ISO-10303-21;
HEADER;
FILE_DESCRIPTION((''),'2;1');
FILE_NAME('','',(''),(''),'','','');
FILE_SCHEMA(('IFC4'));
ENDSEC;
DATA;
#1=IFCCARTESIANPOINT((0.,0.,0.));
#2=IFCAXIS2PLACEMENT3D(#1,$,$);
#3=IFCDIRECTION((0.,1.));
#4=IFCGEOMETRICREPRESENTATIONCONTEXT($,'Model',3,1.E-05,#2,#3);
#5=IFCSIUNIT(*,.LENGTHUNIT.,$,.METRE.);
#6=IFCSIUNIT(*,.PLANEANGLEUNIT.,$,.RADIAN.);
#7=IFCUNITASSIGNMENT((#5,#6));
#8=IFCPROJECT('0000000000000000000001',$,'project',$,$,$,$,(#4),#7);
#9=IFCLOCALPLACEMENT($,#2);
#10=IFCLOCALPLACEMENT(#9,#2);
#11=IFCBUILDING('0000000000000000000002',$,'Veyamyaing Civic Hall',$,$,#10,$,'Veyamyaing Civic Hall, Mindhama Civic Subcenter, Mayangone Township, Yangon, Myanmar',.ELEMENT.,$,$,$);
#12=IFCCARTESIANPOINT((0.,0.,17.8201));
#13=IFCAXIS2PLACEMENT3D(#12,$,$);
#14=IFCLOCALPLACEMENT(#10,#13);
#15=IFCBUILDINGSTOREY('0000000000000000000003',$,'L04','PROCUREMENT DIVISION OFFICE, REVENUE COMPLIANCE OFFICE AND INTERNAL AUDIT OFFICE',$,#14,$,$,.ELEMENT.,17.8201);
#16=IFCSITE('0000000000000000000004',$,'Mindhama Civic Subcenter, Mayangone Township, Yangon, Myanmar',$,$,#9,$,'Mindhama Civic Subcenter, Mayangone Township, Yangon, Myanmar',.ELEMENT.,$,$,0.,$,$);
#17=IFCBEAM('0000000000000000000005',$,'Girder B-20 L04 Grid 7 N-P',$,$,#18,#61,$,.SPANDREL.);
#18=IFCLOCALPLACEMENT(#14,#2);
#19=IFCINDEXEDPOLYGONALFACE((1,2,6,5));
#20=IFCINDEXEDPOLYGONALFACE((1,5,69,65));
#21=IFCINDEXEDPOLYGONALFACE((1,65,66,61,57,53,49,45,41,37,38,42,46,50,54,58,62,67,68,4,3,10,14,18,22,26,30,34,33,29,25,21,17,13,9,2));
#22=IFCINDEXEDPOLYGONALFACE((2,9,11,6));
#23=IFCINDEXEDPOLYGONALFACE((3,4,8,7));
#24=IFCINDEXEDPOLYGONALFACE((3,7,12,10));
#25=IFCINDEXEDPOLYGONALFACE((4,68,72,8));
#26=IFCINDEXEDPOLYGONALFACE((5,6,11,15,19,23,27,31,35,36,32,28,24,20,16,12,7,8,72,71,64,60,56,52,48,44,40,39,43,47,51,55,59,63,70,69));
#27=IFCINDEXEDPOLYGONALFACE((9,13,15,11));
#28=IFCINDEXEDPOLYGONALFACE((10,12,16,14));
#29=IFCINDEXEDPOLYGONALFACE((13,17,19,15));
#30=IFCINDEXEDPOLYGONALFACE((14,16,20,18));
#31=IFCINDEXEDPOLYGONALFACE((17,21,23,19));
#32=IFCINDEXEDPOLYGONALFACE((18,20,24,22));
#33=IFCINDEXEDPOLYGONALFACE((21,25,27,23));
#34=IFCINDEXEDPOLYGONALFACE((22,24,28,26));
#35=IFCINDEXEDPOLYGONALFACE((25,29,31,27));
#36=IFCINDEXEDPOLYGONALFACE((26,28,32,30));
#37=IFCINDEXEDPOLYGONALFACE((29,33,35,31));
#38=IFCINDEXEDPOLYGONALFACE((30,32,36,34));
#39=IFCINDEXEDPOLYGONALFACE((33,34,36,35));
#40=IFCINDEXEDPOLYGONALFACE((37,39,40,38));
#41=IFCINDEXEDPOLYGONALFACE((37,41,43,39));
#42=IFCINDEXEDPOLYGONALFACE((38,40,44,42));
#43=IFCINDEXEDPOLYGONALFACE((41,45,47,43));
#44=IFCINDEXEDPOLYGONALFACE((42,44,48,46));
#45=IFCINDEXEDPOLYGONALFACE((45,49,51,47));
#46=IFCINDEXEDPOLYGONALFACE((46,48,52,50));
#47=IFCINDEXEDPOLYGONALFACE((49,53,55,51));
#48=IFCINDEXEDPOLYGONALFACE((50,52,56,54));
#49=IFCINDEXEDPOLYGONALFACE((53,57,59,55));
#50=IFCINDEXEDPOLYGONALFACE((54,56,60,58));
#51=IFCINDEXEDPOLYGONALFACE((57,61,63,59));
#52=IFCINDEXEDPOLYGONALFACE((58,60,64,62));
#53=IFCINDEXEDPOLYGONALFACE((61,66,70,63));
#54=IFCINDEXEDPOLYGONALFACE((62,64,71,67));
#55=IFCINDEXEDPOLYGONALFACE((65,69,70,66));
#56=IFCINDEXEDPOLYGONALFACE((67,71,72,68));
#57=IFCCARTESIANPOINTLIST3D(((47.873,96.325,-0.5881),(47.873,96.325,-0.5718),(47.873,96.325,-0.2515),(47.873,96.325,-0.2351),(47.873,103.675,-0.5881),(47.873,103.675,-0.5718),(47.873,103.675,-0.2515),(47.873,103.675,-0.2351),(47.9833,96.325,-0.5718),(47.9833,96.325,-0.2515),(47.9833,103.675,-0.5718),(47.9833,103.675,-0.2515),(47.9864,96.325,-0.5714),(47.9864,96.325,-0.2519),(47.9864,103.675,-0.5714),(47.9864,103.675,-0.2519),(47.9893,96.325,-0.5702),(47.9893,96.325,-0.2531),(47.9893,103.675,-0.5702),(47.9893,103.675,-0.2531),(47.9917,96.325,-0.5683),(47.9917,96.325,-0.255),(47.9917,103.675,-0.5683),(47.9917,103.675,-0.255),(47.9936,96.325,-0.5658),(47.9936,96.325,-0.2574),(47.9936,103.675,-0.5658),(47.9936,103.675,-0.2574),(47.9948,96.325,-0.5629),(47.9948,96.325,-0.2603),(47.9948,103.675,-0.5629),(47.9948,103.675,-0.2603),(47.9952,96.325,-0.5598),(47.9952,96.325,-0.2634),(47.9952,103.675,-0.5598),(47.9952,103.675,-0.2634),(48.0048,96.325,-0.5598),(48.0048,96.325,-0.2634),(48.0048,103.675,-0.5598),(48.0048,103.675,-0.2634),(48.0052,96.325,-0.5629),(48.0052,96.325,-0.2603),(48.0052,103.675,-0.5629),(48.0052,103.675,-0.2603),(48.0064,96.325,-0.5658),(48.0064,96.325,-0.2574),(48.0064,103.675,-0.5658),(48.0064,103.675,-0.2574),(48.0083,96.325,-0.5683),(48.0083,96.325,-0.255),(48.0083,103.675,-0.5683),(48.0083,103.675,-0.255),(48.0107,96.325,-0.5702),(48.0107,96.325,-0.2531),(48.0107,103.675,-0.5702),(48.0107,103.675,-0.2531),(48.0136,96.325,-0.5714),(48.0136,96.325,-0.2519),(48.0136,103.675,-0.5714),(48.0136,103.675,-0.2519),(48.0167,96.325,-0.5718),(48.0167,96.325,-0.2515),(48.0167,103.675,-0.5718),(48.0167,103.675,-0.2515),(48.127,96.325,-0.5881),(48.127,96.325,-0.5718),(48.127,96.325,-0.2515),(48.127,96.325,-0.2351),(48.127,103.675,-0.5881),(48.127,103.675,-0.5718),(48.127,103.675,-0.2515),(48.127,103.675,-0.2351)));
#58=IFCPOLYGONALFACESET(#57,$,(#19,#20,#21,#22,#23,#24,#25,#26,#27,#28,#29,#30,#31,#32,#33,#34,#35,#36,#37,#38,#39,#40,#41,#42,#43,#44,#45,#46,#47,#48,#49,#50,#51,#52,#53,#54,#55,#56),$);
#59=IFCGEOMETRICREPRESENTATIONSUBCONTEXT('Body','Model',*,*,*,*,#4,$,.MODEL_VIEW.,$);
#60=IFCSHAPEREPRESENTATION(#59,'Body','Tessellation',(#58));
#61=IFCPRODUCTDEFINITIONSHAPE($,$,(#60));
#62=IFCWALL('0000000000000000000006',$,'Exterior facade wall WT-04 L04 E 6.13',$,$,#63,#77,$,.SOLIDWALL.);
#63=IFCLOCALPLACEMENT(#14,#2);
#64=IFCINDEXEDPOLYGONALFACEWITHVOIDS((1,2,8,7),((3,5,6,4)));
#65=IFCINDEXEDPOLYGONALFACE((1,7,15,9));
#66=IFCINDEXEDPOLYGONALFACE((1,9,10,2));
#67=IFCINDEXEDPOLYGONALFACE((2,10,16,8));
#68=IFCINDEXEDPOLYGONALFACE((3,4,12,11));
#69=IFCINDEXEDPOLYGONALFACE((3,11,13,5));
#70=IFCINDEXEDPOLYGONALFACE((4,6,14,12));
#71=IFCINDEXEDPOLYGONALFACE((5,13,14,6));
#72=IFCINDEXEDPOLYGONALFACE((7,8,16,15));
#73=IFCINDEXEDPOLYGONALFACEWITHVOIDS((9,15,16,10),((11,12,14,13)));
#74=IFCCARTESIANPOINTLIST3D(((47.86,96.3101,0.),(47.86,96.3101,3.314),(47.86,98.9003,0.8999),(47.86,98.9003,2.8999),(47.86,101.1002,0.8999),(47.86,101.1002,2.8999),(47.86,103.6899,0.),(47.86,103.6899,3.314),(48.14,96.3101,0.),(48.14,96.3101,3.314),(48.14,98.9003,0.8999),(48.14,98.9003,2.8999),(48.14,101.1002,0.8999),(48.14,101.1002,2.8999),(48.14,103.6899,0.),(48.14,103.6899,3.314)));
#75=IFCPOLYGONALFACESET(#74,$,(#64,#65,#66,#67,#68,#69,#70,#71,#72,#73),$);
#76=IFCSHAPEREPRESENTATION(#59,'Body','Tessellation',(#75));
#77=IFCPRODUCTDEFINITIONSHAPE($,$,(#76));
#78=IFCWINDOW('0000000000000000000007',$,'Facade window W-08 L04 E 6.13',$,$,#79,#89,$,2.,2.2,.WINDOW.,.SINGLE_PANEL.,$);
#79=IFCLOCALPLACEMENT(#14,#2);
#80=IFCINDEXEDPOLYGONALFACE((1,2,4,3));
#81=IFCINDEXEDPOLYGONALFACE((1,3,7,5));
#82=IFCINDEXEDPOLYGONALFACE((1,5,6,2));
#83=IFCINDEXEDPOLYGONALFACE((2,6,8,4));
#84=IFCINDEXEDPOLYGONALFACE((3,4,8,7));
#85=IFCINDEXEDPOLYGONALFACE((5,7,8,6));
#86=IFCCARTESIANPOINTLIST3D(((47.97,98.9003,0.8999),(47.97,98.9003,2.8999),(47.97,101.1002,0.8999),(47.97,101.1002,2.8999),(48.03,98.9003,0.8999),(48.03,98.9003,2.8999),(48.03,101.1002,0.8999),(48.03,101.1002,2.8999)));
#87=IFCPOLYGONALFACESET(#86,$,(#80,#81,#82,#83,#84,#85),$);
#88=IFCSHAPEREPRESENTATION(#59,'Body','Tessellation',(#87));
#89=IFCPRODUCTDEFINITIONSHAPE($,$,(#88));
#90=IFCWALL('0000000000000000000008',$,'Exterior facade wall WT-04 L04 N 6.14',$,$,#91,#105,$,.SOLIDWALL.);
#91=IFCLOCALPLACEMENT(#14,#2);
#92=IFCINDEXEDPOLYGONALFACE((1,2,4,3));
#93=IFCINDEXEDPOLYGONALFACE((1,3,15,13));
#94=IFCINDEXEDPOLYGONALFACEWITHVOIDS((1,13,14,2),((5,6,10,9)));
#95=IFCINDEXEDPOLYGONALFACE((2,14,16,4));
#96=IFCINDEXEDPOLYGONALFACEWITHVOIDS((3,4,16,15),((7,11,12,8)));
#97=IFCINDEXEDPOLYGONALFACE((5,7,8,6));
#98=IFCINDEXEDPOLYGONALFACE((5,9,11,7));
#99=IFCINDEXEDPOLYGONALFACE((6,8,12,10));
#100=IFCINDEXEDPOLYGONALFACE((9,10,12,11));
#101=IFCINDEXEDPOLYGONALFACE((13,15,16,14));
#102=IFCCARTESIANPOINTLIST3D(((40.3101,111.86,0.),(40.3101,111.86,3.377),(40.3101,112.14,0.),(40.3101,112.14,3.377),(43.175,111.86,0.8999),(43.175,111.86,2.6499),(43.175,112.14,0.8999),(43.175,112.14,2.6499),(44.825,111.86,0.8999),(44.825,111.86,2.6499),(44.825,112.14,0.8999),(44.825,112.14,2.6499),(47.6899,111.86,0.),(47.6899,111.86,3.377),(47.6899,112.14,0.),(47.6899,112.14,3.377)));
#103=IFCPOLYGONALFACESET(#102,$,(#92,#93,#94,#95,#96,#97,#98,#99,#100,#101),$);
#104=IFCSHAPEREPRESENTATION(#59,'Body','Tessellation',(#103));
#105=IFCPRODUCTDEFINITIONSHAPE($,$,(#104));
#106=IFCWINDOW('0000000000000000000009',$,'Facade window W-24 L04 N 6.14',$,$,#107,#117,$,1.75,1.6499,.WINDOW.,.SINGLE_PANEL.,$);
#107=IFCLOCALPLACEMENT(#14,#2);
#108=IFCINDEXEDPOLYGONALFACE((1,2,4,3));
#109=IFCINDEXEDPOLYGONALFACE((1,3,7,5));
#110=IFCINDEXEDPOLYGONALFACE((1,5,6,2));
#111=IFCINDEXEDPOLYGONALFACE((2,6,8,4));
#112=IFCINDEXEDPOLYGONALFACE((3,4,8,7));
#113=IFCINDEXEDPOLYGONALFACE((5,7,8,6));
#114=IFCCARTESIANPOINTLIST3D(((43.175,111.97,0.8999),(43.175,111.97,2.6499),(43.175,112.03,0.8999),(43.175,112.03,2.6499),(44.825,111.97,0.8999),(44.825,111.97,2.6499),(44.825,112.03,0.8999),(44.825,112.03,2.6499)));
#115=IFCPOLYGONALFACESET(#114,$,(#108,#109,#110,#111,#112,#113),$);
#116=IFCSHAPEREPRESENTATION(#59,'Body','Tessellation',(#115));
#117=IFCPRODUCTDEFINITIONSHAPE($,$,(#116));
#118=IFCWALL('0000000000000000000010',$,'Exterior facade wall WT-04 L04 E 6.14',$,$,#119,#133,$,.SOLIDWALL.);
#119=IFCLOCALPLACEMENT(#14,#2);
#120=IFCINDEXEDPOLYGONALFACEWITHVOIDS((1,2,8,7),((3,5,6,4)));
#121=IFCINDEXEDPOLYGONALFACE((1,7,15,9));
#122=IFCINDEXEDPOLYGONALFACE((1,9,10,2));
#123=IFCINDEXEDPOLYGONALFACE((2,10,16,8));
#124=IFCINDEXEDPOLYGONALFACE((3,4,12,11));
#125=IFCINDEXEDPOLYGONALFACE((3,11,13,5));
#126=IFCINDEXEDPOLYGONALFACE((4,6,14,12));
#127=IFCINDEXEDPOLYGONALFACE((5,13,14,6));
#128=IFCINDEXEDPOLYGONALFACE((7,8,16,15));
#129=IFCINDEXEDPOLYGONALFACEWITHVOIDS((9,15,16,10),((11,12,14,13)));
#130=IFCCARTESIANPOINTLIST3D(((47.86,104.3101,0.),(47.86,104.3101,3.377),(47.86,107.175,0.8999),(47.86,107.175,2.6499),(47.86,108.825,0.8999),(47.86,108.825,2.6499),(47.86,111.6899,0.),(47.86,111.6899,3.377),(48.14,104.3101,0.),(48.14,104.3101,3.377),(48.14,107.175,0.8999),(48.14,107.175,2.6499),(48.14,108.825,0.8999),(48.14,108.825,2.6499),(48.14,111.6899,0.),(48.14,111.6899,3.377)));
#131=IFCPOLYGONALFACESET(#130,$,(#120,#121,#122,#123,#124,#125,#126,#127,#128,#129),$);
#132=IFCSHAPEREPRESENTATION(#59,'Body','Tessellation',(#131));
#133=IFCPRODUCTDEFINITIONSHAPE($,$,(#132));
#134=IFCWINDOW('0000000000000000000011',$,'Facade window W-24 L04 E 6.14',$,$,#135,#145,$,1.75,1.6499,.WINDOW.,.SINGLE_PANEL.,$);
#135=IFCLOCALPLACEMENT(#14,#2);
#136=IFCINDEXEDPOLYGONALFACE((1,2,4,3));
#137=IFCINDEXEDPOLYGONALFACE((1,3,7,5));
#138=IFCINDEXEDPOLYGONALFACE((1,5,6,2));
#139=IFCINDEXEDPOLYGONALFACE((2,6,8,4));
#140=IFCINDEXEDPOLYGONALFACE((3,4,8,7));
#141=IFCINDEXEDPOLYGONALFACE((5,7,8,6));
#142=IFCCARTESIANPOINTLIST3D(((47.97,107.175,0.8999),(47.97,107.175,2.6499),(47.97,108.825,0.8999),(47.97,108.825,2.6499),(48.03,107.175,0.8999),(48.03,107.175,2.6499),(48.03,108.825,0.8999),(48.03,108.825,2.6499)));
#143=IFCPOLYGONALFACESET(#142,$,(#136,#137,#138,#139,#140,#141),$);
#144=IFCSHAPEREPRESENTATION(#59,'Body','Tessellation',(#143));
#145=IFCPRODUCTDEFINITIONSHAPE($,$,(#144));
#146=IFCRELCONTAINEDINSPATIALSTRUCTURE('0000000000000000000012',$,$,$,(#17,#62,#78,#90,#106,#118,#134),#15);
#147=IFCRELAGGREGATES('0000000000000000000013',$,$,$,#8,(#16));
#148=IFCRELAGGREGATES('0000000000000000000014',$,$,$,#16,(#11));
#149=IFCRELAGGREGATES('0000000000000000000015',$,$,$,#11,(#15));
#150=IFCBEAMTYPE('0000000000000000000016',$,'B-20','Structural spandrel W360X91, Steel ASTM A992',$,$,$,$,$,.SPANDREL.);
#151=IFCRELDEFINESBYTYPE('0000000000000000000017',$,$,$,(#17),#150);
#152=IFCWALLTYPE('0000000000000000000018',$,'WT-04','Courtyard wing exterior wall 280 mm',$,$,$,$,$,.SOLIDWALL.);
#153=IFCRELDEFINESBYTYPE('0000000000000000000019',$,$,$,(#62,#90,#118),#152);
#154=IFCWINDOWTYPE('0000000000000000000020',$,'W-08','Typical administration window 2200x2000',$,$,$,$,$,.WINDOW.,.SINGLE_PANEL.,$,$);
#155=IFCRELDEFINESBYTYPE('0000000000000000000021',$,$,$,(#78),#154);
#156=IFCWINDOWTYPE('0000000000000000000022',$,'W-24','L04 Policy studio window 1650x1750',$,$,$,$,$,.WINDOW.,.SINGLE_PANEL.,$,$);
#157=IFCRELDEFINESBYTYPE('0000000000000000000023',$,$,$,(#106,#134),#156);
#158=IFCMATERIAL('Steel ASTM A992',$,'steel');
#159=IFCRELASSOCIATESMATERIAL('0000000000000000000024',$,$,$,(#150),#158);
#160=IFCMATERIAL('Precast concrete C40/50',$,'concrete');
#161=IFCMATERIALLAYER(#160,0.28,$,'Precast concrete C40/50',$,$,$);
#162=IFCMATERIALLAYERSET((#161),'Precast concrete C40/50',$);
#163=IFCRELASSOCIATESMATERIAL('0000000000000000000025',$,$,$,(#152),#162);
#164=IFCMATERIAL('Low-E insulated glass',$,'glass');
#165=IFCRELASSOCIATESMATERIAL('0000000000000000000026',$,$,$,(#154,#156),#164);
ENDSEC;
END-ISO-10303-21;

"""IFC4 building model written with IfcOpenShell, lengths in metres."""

from ifc_helpers import new_model, si_unit, direction, frame, frame_2d, origin, origin_2d, place, context, subcontext, project, spatial, rectangle, i_section, extrude, material, layer, layer_set, material_profile, profile_set, type_object, element, fill, save


model = new_model("IFC4")

# Units and contexts
model_context = context("Model", 3, precision=1e-05, world=origin(), true_north=direction((0.0, 1.0)))
body_context = subcontext(model_context, "Body", "Model", "MODEL_VIEW")
ifc_project = project(units=[si_unit("LENGTHUNIT", "METRE"), si_unit("PLANEANGLEUNIT", "RADIAN")], contexts=[model_context])

# Site, building, storey
site_placement = place(None, origin())
site = spatial("IfcSite", under=ifc_project, at=site_placement, Name="Mindhama Civic Subcenter, Mayangone Township, Yangon, Myanmar", LongName="Mindhama Civic Subcenter, Mayangone Township, Yangon, Myanmar", CompositionType="ELEMENT", RefElevation=0.0)
building_placement = place(site_placement, origin())
building = spatial("IfcBuilding", under=site, at=building_placement, Name="Veyamyaing Civic Hall", LongName="Veyamyaing Civic Hall, Mindhama Civic Subcenter, Mayangone Township, Yangon, Myanmar", CompositionType="ELEMENT")
storey_placement = place(building_placement, frame((0.0, 0.0, 17.8201)))
storey = spatial("IfcBuildingStorey", under=building, at=storey_placement, Name="L04", Description="PROCUREMENT DIVISION OFFICE, REVENUE COMPLIANCE OFFICE AND INTERNAL AUDIT OFFICE", CompositionType="ELEMENT", Elevation=17.8201)

# Beam
ifc_material_1 = material(Name="Steel ASTM A992", Category="steel")
ifc_material_profile_1 = material_profile(ifc_material_1, i_section(OverallWidth=0.2539, OverallDepth=0.353, WebThickness=0.0095, FlangeThickness=0.0164, FilletRadius=0.012, at=origin_2d()), Name="W360X91")
ifc_profile_set_1 = profile_set([ifc_material_profile_1], Name="Steel ASTM A992")
beam_type_1 = type_object("IfcBeamType", Name="B-20", Description="Structural spandrel W360X91, Steel ASTM A992", PredefinedType="SPANDREL", material=ifc_profile_set_1)
beam_1_placement = place(storey_placement, frame((48.0, 96.325, -0.4116), z_axis=(0.0, 1.0, 0.0), x_axis=(-1.0, 0.0, 0.0)))
element("IfcBeam", 1, at=beam_1_placement, inside=storey, type_object=beam_type_1, Name="Girder B-20 L04 Grid 7 N-P", PredefinedType="SPANDREL", context=body_context, shape_type="SweptSolid", body=[
    extrude(i_section(OverallWidth=0.2539, OverallDepth=0.353, WebThickness=0.0095, FlangeThickness=0.0164, FilletRadius=0.012, at=origin_2d()), origin(), (0.0, 0.0, 1.0), 7.3501),
])

# Walls, openings, windows
ifc_material_2 = material(Name="Precast concrete C40/50", Category="concrete")
ifc_layer_1 = layer(ifc_material_2, 0.28, Name="Precast concrete C40/50")
ifc_layer_set_1 = layer_set([ifc_layer_1], Name="Precast concrete C40/50")
wall_type_1 = type_object("IfcWallType", Name="WT-04", Description="Courtyard wing exterior wall 280 mm", PredefinedType="SOLIDWALL", material=ifc_layer_set_1)
wall_1_placement = place(storey_placement, frame((48.0, 96.3101, 0.0), z_axis=(0.0, 0.0, 1.0), x_axis=(0.0, 1.0, 0.0)))
wall_1 = element("IfcWall", 2, at=wall_1_placement, inside=storey, type_object=wall_type_1, Name="Exterior facade wall WT-04 L04 E 6.13", PredefinedType="SOLIDWALL", context=body_context, shape_type="SweptSolid", body=[
    extrude(rectangle(XDim=7.3799, YDim=0.28, at=frame_2d((3.6899, 0.0))), origin(), (0.0, 0.0, 1.0), 3.314),
])
opening_1_placement = place(wall_1_placement, frame((2.5901, 0.0, 0.8999)))
opening_1 = element("IfcOpeningElement", 3, at=opening_1_placement, cuts=wall_1, PredefinedType="OPENING", context=body_context, shape_type="SweptSolid", body=[
    extrude(rectangle(XDim=2.2, YDim=2.0, at=frame_2d((1.1001, 1.0))), frame((0.0, 0.1499, 0.0), z_axis=(0.0, -1.0, 0.0), x_axis=(1.0, 0.0, 0.0)), (0.0, 0.0, 1.0), 0.3),
])
ifc_material_3 = material(Name="Low-E insulated glass", Category="glass")
window_type_1 = type_object("IfcWindowType", Name="W-08", Description="Typical administration window 2200x2000", PartitioningType="SINGLE_PANEL", PredefinedType="WINDOW", material=ifc_material_3)
window_1_placement = place(opening_1_placement, origin())
window_1 = element("IfcWindow", 4, at=window_1_placement, inside=storey, type_object=window_type_1, Name="Facade window W-08 L04 E 6.13", OverallHeight=2.0, OverallWidth=2.2, PartitioningType="SINGLE_PANEL", PredefinedType="WINDOW", context=body_context, shape_type="SweptSolid", body=[
    extrude(rectangle(XDim=2.2, YDim=2.0, at=frame_2d((1.1001, 1.0))), frame((0.0, 0.03, 0.0), z_axis=(0.0, -1.0, 0.0), x_axis=(1.0, 0.0, 0.0)), (0.0, 0.0, 1.0), 0.0601),
])
fill(opening_1, window_1)
wall_2_placement = place(storey_placement, frame((40.3101, 112.0, 0.0), z_axis=(0.0, 0.0, 1.0), x_axis=(1.0, 0.0, 0.0)))
wall_2 = element("IfcWall", 5, at=wall_2_placement, inside=storey, type_object=wall_type_1, Name="Exterior facade wall WT-04 L04 N 6.14", PredefinedType="SOLIDWALL", context=body_context, shape_type="SweptSolid", body=[
    extrude(rectangle(XDim=7.3799, YDim=0.28, at=frame_2d((3.6899, 0.0))), origin(), (0.0, 0.0, 1.0), 3.377),
])
opening_2_placement = place(wall_2_placement, frame((2.865, 0.0, 0.8999)))
opening_2 = element("IfcOpeningElement", 6, at=opening_2_placement, cuts=wall_2, PredefinedType="OPENING", context=body_context, shape_type="SweptSolid", body=[
    extrude(rectangle(XDim=1.6499, YDim=1.75, at=frame_2d((0.825, 0.875))), frame((0.0, 0.1499, 0.0), z_axis=(0.0, -1.0, 0.0), x_axis=(1.0, 0.0, 0.0)), (0.0, 0.0, 1.0), 0.3),
])
window_type_2 = type_object("IfcWindowType", Name="W-24", Description="L04 Policy studio window 1650x1750", PartitioningType="SINGLE_PANEL", PredefinedType="WINDOW", material=ifc_material_3)
window_2_placement = place(opening_2_placement, origin())
window_2 = element("IfcWindow", 7, at=window_2_placement, inside=storey, type_object=window_type_2, Name="Facade window W-24 L04 N 6.14", OverallHeight=1.75, OverallWidth=1.6499, PartitioningType="SINGLE_PANEL", PredefinedType="WINDOW", context=body_context, shape_type="SweptSolid", body=[
    extrude(rectangle(XDim=1.6499, YDim=1.75, at=frame_2d((0.825, 0.875))), frame((0.0, 0.03, 0.0), z_axis=(0.0, -1.0, 0.0), x_axis=(1.0, 0.0, 0.0)), (0.0, 0.0, 1.0), 0.0601),
])
fill(opening_2, window_2)
wall_3_placement = place(storey_placement, frame((48.0, 104.3101, 0.0), z_axis=(0.0, 0.0, 1.0), x_axis=(0.0, 1.0, 0.0)))
wall_3 = element("IfcWall", 8, at=wall_3_placement, inside=storey, type_object=wall_type_1, Name="Exterior facade wall WT-04 L04 E 6.14", PredefinedType="SOLIDWALL", context=body_context, shape_type="SweptSolid", body=[
    extrude(rectangle(XDim=7.3799, YDim=0.28, at=frame_2d((3.6899, 0.0))), origin(), (0.0, 0.0, 1.0), 3.377),
])
opening_3_placement = place(wall_3_placement, frame((2.865, 0.0, 0.8999)))
opening_3 = element("IfcOpeningElement", 9, at=opening_3_placement, cuts=wall_3, PredefinedType="OPENING", context=body_context, shape_type="SweptSolid", body=[
    extrude(rectangle(XDim=1.6499, YDim=1.75, at=frame_2d((0.825, 0.875))), frame((0.0, 0.1499, 0.0), z_axis=(0.0, -1.0, 0.0), x_axis=(1.0, 0.0, 0.0)), (0.0, 0.0, 1.0), 0.3),
])
window_3_placement = place(opening_3_placement, origin())
window_3 = element("IfcWindow", 10, at=window_3_placement, inside=storey, type_object=window_type_2, Name="Facade window W-24 L04 E 6.14", OverallHeight=1.75, OverallWidth=1.6499, PartitioningType="SINGLE_PANEL", PredefinedType="WINDOW", context=body_context, shape_type="SweptSolid", body=[
    extrude(rectangle(XDim=1.6499, YDim=1.75, at=frame_2d((0.825, 0.875))), frame((0.0, 0.03, 0.0), z_axis=(0.0, -1.0, 0.0), x_axis=(1.0, 0.0, 0.0)), (0.0, 0.0, 1.0), 0.0601),
])
fill(opening_3, window_3)

save(model, "model.ifc")
